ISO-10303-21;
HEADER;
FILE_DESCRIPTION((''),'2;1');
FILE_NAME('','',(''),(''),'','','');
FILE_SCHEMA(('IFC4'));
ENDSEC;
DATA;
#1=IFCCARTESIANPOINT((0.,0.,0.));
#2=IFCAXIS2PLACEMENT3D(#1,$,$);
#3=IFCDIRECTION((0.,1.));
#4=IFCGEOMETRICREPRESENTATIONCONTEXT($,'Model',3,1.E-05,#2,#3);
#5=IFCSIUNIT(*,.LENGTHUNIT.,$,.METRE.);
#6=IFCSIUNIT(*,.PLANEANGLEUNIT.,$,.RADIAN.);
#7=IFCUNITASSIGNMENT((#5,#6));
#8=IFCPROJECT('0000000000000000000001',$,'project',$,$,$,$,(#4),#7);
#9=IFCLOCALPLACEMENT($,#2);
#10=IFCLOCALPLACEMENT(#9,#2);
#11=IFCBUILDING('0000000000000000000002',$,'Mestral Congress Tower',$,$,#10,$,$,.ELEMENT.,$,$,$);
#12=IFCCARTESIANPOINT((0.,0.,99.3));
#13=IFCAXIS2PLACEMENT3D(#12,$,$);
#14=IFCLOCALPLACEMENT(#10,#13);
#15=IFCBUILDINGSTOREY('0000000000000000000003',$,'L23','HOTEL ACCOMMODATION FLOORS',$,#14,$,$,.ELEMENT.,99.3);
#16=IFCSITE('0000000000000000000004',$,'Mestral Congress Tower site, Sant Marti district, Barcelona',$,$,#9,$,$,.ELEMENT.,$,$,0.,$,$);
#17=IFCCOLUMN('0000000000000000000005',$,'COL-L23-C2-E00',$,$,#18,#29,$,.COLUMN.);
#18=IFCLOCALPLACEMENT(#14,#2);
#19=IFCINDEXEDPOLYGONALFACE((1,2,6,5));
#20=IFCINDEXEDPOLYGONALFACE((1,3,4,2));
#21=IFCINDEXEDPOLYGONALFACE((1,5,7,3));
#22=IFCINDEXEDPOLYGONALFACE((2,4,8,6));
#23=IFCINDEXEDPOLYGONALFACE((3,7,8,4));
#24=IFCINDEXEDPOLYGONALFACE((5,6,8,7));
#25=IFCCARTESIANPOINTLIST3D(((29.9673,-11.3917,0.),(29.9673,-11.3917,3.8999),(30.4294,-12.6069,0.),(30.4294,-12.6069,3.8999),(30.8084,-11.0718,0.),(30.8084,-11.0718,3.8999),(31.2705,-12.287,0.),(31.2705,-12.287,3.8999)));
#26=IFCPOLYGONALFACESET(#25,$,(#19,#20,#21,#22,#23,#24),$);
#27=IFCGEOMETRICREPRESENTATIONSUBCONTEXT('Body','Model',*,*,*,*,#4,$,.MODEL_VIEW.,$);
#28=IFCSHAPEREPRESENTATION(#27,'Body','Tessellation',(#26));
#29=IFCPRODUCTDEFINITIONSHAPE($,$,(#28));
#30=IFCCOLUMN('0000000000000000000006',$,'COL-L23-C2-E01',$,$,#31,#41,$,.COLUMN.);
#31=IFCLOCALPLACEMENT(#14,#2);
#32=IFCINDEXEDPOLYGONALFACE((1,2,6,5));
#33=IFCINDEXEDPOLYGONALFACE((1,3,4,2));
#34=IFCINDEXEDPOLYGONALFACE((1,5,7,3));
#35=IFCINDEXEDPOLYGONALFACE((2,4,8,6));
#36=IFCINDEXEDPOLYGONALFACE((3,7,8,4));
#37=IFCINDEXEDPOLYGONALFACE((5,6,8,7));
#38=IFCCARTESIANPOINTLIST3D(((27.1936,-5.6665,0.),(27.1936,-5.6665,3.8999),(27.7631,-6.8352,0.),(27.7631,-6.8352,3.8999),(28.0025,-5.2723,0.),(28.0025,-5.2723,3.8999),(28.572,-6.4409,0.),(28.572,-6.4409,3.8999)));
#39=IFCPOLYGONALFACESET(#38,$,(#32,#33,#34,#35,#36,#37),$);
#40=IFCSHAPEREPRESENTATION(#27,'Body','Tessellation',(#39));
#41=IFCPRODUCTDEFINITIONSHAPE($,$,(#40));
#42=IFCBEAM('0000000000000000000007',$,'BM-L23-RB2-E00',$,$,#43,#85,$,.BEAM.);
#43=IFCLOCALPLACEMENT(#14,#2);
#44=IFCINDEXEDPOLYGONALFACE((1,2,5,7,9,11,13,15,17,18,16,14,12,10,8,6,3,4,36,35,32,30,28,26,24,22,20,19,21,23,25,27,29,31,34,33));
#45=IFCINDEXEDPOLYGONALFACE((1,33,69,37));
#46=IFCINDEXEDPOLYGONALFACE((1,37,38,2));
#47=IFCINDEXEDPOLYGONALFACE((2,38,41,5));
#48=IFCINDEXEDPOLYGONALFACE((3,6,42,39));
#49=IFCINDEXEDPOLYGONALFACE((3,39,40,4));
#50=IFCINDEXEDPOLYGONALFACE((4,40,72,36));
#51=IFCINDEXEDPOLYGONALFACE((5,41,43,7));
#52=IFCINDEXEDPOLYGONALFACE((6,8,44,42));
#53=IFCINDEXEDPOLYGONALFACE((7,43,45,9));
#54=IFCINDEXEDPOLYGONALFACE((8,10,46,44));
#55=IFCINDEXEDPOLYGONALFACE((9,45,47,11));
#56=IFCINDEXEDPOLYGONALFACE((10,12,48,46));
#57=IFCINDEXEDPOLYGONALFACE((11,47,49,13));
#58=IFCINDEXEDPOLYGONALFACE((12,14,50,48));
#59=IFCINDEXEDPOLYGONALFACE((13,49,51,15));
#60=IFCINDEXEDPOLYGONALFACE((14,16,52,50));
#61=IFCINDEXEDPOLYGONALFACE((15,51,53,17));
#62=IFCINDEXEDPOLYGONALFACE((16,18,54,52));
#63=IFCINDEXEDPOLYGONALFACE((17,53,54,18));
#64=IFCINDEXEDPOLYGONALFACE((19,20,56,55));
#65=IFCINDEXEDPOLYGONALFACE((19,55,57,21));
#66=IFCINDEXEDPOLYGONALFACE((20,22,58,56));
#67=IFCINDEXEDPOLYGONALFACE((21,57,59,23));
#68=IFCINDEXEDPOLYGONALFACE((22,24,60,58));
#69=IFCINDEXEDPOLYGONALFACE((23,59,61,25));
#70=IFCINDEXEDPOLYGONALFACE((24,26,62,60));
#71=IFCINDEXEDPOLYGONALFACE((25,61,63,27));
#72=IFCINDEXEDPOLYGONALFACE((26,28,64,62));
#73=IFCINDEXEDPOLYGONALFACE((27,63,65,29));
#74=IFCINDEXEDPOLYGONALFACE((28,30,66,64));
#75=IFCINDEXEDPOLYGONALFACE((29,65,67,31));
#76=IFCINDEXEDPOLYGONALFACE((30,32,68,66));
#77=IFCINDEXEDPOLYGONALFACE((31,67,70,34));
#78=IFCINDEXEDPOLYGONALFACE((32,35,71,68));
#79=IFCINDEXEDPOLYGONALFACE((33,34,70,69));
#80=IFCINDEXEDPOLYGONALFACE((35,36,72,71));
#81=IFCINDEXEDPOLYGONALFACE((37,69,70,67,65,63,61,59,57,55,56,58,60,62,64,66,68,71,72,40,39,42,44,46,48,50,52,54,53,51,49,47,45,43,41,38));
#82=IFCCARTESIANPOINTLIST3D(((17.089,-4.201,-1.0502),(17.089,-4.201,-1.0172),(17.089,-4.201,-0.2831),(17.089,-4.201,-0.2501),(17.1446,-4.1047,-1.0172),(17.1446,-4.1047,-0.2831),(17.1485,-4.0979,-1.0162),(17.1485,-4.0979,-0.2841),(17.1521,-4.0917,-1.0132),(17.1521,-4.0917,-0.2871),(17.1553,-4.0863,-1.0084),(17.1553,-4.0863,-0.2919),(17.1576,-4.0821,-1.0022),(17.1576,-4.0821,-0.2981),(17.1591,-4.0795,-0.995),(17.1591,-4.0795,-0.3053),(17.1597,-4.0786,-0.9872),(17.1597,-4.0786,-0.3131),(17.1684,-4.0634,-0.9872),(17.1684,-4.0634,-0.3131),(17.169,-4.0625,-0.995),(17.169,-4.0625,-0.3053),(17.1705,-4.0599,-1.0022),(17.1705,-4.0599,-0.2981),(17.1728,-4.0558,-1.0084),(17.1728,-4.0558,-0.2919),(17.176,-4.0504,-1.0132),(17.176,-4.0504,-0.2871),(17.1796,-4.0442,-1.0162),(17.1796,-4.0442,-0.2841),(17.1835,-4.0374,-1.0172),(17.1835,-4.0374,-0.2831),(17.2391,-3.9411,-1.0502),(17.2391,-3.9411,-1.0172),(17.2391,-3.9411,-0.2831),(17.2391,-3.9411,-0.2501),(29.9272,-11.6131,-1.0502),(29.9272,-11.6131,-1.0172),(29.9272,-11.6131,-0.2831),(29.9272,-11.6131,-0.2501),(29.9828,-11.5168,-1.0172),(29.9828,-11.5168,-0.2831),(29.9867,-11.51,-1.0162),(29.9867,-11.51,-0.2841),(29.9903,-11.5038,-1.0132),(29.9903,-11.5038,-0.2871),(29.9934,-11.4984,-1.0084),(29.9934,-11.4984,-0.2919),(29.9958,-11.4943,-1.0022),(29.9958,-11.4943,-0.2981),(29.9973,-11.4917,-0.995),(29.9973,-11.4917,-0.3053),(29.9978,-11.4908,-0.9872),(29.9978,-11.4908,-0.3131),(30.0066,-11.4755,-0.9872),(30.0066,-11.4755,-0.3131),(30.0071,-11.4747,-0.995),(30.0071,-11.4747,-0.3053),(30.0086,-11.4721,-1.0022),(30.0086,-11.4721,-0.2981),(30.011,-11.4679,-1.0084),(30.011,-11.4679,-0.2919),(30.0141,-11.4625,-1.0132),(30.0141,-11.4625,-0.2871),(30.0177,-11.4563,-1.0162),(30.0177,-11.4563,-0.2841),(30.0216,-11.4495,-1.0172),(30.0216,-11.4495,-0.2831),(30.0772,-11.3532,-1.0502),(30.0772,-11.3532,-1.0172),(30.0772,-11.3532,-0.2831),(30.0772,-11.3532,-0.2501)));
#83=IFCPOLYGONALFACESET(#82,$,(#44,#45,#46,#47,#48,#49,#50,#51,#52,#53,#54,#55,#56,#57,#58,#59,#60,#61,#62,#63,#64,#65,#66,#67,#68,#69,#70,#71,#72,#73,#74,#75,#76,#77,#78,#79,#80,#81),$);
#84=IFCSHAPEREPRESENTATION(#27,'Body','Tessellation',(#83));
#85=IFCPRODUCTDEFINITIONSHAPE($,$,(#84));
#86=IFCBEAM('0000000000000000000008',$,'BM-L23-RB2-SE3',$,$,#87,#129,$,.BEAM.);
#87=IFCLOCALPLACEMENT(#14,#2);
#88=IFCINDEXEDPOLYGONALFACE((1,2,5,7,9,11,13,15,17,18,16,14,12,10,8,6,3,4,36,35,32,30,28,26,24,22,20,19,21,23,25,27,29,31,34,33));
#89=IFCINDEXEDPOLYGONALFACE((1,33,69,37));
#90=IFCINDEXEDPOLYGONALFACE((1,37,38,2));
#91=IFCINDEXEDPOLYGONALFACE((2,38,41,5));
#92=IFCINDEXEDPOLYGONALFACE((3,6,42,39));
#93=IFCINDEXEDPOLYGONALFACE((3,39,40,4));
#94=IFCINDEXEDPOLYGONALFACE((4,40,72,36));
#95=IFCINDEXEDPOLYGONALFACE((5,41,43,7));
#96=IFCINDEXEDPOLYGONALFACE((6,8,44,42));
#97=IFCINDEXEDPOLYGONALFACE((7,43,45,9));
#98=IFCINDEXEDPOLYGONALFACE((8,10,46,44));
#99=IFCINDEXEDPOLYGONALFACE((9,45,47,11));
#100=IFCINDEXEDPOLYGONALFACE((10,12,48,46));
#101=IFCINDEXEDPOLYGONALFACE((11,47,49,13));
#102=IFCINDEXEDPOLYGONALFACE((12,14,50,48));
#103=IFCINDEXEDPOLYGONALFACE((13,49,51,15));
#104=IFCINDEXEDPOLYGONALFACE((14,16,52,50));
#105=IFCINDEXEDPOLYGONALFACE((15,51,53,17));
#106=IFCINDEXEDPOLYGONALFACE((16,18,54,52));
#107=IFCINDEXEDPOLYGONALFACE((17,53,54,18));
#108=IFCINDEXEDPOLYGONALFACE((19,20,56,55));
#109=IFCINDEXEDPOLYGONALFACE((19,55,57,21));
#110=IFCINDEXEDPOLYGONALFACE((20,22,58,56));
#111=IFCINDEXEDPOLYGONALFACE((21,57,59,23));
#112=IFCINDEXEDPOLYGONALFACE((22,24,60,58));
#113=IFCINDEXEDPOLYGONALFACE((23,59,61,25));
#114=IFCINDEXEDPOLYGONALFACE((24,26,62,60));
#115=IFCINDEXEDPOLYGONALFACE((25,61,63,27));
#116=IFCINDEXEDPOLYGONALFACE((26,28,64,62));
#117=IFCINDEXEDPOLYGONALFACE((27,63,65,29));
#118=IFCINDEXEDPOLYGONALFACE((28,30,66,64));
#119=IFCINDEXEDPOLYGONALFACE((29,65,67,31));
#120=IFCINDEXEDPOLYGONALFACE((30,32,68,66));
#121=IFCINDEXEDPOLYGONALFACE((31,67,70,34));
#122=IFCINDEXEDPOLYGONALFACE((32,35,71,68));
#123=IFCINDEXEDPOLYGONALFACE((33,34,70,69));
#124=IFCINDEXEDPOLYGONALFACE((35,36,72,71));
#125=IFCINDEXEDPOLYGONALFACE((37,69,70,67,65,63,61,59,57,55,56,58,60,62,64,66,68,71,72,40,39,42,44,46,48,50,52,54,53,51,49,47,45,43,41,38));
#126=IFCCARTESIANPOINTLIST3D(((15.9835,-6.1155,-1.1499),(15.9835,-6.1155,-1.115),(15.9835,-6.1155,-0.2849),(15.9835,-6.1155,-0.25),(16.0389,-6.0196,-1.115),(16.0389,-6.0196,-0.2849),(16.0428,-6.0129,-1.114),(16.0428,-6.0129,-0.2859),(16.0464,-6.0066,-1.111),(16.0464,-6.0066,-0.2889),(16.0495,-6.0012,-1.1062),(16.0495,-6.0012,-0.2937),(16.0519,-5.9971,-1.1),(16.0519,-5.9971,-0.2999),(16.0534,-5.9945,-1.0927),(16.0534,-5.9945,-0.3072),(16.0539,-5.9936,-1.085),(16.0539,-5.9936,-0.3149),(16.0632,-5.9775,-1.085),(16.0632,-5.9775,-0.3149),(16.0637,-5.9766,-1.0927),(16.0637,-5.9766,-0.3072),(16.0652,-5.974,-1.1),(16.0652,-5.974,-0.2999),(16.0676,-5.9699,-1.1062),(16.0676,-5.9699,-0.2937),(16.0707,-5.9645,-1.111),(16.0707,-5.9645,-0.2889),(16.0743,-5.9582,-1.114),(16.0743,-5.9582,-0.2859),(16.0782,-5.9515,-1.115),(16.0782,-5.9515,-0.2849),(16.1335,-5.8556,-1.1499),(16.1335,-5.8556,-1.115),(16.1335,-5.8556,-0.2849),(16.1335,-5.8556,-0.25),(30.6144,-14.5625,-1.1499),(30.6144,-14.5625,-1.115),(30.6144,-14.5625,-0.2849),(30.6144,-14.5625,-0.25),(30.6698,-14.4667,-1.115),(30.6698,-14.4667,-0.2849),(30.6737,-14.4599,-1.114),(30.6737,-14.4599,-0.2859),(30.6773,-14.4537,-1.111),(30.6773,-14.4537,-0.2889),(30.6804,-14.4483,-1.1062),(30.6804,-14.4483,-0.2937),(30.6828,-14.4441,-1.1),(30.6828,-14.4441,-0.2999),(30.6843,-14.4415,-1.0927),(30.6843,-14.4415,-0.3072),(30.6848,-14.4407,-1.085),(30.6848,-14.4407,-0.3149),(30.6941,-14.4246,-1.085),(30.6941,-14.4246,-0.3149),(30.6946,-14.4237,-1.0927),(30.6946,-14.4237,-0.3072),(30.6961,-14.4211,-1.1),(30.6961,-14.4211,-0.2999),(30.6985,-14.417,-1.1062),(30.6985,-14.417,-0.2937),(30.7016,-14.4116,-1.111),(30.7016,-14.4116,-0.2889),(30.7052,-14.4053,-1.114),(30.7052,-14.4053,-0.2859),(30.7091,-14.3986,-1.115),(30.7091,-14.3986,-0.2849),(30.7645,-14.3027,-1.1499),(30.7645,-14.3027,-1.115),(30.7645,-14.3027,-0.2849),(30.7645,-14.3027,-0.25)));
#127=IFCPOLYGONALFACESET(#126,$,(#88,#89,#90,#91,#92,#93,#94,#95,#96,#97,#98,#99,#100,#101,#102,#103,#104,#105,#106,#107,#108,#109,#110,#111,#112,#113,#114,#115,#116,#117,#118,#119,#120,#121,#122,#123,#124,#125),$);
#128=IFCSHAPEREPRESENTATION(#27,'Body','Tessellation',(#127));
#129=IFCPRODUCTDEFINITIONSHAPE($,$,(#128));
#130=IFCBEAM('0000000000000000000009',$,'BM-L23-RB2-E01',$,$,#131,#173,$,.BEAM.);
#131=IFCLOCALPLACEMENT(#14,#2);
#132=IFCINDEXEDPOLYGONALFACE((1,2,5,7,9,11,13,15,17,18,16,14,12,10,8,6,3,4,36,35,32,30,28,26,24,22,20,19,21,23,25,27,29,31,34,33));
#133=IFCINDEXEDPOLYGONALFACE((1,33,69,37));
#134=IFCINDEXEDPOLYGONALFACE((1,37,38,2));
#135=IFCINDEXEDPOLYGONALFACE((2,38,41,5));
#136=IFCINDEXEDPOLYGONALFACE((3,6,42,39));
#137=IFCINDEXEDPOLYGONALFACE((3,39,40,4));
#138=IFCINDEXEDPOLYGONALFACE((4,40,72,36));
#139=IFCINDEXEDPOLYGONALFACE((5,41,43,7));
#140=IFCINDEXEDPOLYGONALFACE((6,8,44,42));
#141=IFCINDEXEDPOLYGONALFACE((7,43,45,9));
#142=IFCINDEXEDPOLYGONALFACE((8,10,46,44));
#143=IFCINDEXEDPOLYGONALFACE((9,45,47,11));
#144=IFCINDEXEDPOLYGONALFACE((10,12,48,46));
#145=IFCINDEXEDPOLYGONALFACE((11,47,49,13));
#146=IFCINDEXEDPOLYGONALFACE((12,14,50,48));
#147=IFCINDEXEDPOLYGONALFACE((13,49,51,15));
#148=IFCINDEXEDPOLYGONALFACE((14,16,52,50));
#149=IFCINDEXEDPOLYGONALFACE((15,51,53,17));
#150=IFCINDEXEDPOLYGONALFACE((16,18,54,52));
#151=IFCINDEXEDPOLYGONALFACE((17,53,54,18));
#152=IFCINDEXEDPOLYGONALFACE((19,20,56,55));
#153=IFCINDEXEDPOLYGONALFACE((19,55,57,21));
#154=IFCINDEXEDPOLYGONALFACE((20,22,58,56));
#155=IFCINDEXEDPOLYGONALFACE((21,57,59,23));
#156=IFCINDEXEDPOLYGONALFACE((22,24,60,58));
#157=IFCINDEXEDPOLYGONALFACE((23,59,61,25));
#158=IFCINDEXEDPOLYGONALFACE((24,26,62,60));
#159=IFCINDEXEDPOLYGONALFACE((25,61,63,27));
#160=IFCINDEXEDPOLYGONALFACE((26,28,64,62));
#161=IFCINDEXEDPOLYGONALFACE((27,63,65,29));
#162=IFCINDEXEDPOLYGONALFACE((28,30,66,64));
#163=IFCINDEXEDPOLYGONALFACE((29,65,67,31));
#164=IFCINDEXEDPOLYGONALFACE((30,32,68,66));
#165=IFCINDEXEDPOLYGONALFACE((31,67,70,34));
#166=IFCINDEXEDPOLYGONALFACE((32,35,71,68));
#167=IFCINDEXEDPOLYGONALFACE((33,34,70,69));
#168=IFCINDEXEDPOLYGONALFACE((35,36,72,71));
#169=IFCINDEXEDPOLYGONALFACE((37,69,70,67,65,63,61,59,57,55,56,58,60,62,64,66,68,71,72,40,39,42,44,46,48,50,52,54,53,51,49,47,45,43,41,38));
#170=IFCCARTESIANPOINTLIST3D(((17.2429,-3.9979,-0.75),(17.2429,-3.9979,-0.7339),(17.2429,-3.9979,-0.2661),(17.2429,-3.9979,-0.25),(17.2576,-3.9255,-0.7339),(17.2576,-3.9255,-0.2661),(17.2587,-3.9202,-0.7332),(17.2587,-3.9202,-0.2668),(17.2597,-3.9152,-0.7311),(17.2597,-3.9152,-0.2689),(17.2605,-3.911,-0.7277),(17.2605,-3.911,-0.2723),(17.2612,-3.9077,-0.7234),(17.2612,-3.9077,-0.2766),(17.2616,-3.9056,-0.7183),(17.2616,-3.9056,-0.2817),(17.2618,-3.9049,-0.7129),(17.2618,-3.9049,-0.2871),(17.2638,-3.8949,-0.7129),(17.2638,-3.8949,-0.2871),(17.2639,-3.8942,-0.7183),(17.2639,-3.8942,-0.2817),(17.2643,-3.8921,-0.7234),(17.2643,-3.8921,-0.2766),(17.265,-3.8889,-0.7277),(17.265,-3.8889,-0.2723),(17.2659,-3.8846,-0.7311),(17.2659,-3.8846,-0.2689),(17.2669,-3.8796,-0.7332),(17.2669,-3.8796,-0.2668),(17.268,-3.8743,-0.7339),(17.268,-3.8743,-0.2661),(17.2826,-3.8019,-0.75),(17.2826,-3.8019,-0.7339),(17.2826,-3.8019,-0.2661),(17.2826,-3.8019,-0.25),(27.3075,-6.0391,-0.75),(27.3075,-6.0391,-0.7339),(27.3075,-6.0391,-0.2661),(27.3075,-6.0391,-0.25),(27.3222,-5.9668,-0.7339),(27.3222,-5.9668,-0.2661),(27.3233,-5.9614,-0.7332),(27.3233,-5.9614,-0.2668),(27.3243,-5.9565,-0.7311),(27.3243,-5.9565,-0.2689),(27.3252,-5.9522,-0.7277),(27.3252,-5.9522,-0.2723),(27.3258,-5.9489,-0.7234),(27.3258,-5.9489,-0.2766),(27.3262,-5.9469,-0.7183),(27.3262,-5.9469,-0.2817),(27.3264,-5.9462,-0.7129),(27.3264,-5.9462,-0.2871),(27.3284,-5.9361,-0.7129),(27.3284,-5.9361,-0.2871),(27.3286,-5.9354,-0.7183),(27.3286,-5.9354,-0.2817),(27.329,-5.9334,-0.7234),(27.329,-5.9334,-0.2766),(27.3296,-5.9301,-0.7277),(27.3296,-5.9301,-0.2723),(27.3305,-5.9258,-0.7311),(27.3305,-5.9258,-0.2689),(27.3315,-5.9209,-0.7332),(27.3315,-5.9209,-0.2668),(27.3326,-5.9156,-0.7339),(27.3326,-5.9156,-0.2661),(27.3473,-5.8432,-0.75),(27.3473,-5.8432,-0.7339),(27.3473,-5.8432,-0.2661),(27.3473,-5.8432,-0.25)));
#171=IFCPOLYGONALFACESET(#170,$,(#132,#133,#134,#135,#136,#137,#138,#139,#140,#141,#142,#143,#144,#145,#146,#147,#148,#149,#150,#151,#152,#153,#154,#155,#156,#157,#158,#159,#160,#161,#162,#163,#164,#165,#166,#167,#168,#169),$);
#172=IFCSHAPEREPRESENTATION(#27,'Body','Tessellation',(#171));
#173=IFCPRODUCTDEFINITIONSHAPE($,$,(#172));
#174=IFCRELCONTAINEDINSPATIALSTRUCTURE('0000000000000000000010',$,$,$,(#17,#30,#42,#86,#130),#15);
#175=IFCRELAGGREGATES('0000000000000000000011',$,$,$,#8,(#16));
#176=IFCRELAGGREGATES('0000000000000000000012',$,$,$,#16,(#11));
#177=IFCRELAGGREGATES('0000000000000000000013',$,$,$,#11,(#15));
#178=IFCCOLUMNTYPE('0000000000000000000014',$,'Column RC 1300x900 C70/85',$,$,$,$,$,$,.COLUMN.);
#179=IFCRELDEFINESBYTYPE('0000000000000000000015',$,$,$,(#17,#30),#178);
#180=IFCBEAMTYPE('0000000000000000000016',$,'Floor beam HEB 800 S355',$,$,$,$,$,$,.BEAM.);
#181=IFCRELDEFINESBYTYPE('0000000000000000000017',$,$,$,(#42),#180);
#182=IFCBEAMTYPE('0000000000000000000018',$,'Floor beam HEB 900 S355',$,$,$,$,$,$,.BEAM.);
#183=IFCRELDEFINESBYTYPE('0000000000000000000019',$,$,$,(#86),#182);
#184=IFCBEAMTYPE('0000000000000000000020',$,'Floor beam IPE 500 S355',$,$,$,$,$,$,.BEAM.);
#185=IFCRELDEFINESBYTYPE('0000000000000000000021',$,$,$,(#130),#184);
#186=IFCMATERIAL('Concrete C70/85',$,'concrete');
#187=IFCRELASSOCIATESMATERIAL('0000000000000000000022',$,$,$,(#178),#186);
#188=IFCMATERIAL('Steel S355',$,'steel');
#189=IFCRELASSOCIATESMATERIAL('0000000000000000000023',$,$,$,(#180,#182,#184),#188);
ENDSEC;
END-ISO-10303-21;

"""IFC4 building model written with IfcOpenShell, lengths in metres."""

from ifc_helpers import new_model, si_unit, direction, frame, origin, origin_2d, place, context, subcontext, project, spatial, rectangle, i_section, extrude, material, material_profile, profile_set, type_object, element, save


model = new_model("IFC4")

# Units and contexts
model_context = context("Model", 3, precision=1e-05, world=origin(), true_north=direction((0.0, 1.0)))
body_context = subcontext(model_context, "Body", "Model", "MODEL_VIEW")
ifc_project = project(units=[si_unit("LENGTHUNIT", "METRE"), si_unit("PLANEANGLEUNIT", "RADIAN")], contexts=[model_context])

# Site, building, storey
site_placement = place(None, origin())
site = spatial("IfcSite", under=ifc_project, at=site_placement, Name="Mestral Congress Tower site, Sant Marti district, Barcelona", CompositionType="ELEMENT", RefElevation=0.0)
building_placement = place(site_placement, origin())
building = spatial("IfcBuilding", under=site, at=building_placement, Name="Mestral Congress Tower", CompositionType="ELEMENT")
storey_placement = place(building_placement, frame((0.0, 0.0, 99.3)))
storey = spatial("IfcBuildingStorey", under=building, at=storey_placement, Name="L23", Description="HOTEL ACCOMMODATION FLOORS", CompositionType="ELEMENT", Elevation=99.3)

# Columns
ifc_material_1 = material(Name="Concrete C70/85", Category="concrete")
ifc_material_profile_1 = material_profile(ifc_material_1, rectangle(XDim=1.3, YDim=0.8999, at=origin_2d()), Name="RC 1300x900")
ifc_profile_set_1 = profile_set([ifc_material_profile_1], Name="Concrete C70/85")
column_type = type_object("IfcColumnType", Name="Column RC 1300x900 C70/85", PredefinedType="COLUMN", material=ifc_profile_set_1)
for number, where, z_axis, x_axis, name in (
    (1, (30.6189, -11.8394, 0.0), (0.0, 0.0, 1.0), (-0.355494, 0.934679, 0.0), "COL-L23-C2-E00"),
    (2, (27.8828, -6.0537, 0.0), (0.0, 0.0, 1.0), (-0.438061, 0.898945, 0.0), "COL-L23-C2-E01"),
):
    element("IfcColumn", number, at=place(storey_placement, frame(where, z_axis=z_axis, x_axis=x_axis)), inside=storey, type_object=column_type, Name=name, PredefinedType="COLUMN", context=body_context, shape_type="SweptSolid", body=[
        extrude(rectangle(XDim=1.3, YDim=0.8999, at=origin_2d()), origin(), (0.0, 0.0, 1.0), 3.8999),
    ])

# Beams
ifc_material_2 = material(Name="Steel S355", Category="steel")
ifc_material_profile_2 = material_profile(ifc_material_2, i_section(OverallWidth=0.3, OverallDepth=0.8, WebThickness=0.0176, FlangeThickness=0.033, FilletRadius=0.03, at=origin_2d()), Name="HEB 800")
ifc_profile_set_2 = profile_set([ifc_material_profile_2], Name="Steel S355")
beam_type_1 = type_object("IfcBeamType", Name="Floor beam HEB 800 S355", PredefinedType="BEAM", material=ifc_profile_set_2)
beam_1_placement = place(storey_placement, frame((30.0022, -11.4832, -0.6501), z_axis=(-0.866025, 0.5, 0.0), x_axis=(-0.5, -0.866025, 0.0)))
element("IfcBeam", 3, at=beam_1_placement, inside=storey, type_object=beam_type_1, Name="BM-L23-RB2-E00", PredefinedType="BEAM", context=body_context, shape_type="SweptSolid", body=[
    extrude(i_section(OverallWidth=0.3, OverallDepth=0.8, WebThickness=0.0176, FlangeThickness=0.033, FilletRadius=0.03, at=origin_2d()), origin(), (0.0, 0.0, 1.0), 14.8242),
])
ifc_material_profile_3 = material_profile(ifc_material_2, i_section(OverallWidth=0.3, OverallDepth=0.8999, WebThickness=0.0186, FlangeThickness=0.0349, FilletRadius=0.03, at=origin_2d()), Name="HEB 900")
ifc_profile_set_3 = profile_set([ifc_material_profile_3], Name="Steel S355")
beam_type_2 = type_object("IfcBeamType", Name="Floor beam HEB 900 S355", PredefinedType="BEAM", material=ifc_profile_set_3)
beam_2_placement = place(storey_placement, frame((30.6895, -14.4326, -0.7), z_axis=(-0.866028, 0.499995, 0.0), x_axis=(-0.499995, -0.866028, 0.0)))
element("IfcBeam", 4, at=beam_2_placement, inside=storey, type_object=beam_type_2, Name="BM-L23-RB2-SE3", PredefinedType="BEAM", context=body_context, shape_type="SweptSolid", body=[
    extrude(i_section(OverallWidth=0.3, OverallDepth=0.8999, WebThickness=0.0186, FlangeThickness=0.0349, FilletRadius=0.03, at=origin_2d()), origin(), (0.0, 0.0, 1.0), 16.8943),
])
ifc_material_profile_4 = material_profile(ifc_material_2, i_section(OverallWidth=0.2, OverallDepth=0.5, WebThickness=0.0103, FlangeThickness=0.0161, FilletRadius=0.021, at=origin_2d()), Name="IPE 500")
ifc_profile_set_4 = profile_set([ifc_material_profile_4], Name="Steel S355")
beam_type_3 = type_object("IfcBeamType", Name="Floor beam IPE 500 S355", PredefinedType="BEAM", material=ifc_profile_set_4)
beam_3_placement = place(storey_placement, frame((27.3274, -5.9412, -0.5), z_axis=(-0.980047, 0.198767, 0.0), x_axis=(-0.198767, -0.980047, 0.0)))
element("IfcBeam", 5, at=beam_3_placement, inside=storey, type_object=beam_type_3, Name="BM-L23-RB2-E01", PredefinedType="BEAM", context=body_context, shape_type="SweptSolid", body=[
    extrude(i_section(OverallWidth=0.2, OverallDepth=0.5, WebThickness=0.0103, FlangeThickness=0.0161, FilletRadius=0.021, at=origin_2d()), origin(), (0.0, 0.0, 1.0), 10.2695),
])

save(model, "model.ifc")
